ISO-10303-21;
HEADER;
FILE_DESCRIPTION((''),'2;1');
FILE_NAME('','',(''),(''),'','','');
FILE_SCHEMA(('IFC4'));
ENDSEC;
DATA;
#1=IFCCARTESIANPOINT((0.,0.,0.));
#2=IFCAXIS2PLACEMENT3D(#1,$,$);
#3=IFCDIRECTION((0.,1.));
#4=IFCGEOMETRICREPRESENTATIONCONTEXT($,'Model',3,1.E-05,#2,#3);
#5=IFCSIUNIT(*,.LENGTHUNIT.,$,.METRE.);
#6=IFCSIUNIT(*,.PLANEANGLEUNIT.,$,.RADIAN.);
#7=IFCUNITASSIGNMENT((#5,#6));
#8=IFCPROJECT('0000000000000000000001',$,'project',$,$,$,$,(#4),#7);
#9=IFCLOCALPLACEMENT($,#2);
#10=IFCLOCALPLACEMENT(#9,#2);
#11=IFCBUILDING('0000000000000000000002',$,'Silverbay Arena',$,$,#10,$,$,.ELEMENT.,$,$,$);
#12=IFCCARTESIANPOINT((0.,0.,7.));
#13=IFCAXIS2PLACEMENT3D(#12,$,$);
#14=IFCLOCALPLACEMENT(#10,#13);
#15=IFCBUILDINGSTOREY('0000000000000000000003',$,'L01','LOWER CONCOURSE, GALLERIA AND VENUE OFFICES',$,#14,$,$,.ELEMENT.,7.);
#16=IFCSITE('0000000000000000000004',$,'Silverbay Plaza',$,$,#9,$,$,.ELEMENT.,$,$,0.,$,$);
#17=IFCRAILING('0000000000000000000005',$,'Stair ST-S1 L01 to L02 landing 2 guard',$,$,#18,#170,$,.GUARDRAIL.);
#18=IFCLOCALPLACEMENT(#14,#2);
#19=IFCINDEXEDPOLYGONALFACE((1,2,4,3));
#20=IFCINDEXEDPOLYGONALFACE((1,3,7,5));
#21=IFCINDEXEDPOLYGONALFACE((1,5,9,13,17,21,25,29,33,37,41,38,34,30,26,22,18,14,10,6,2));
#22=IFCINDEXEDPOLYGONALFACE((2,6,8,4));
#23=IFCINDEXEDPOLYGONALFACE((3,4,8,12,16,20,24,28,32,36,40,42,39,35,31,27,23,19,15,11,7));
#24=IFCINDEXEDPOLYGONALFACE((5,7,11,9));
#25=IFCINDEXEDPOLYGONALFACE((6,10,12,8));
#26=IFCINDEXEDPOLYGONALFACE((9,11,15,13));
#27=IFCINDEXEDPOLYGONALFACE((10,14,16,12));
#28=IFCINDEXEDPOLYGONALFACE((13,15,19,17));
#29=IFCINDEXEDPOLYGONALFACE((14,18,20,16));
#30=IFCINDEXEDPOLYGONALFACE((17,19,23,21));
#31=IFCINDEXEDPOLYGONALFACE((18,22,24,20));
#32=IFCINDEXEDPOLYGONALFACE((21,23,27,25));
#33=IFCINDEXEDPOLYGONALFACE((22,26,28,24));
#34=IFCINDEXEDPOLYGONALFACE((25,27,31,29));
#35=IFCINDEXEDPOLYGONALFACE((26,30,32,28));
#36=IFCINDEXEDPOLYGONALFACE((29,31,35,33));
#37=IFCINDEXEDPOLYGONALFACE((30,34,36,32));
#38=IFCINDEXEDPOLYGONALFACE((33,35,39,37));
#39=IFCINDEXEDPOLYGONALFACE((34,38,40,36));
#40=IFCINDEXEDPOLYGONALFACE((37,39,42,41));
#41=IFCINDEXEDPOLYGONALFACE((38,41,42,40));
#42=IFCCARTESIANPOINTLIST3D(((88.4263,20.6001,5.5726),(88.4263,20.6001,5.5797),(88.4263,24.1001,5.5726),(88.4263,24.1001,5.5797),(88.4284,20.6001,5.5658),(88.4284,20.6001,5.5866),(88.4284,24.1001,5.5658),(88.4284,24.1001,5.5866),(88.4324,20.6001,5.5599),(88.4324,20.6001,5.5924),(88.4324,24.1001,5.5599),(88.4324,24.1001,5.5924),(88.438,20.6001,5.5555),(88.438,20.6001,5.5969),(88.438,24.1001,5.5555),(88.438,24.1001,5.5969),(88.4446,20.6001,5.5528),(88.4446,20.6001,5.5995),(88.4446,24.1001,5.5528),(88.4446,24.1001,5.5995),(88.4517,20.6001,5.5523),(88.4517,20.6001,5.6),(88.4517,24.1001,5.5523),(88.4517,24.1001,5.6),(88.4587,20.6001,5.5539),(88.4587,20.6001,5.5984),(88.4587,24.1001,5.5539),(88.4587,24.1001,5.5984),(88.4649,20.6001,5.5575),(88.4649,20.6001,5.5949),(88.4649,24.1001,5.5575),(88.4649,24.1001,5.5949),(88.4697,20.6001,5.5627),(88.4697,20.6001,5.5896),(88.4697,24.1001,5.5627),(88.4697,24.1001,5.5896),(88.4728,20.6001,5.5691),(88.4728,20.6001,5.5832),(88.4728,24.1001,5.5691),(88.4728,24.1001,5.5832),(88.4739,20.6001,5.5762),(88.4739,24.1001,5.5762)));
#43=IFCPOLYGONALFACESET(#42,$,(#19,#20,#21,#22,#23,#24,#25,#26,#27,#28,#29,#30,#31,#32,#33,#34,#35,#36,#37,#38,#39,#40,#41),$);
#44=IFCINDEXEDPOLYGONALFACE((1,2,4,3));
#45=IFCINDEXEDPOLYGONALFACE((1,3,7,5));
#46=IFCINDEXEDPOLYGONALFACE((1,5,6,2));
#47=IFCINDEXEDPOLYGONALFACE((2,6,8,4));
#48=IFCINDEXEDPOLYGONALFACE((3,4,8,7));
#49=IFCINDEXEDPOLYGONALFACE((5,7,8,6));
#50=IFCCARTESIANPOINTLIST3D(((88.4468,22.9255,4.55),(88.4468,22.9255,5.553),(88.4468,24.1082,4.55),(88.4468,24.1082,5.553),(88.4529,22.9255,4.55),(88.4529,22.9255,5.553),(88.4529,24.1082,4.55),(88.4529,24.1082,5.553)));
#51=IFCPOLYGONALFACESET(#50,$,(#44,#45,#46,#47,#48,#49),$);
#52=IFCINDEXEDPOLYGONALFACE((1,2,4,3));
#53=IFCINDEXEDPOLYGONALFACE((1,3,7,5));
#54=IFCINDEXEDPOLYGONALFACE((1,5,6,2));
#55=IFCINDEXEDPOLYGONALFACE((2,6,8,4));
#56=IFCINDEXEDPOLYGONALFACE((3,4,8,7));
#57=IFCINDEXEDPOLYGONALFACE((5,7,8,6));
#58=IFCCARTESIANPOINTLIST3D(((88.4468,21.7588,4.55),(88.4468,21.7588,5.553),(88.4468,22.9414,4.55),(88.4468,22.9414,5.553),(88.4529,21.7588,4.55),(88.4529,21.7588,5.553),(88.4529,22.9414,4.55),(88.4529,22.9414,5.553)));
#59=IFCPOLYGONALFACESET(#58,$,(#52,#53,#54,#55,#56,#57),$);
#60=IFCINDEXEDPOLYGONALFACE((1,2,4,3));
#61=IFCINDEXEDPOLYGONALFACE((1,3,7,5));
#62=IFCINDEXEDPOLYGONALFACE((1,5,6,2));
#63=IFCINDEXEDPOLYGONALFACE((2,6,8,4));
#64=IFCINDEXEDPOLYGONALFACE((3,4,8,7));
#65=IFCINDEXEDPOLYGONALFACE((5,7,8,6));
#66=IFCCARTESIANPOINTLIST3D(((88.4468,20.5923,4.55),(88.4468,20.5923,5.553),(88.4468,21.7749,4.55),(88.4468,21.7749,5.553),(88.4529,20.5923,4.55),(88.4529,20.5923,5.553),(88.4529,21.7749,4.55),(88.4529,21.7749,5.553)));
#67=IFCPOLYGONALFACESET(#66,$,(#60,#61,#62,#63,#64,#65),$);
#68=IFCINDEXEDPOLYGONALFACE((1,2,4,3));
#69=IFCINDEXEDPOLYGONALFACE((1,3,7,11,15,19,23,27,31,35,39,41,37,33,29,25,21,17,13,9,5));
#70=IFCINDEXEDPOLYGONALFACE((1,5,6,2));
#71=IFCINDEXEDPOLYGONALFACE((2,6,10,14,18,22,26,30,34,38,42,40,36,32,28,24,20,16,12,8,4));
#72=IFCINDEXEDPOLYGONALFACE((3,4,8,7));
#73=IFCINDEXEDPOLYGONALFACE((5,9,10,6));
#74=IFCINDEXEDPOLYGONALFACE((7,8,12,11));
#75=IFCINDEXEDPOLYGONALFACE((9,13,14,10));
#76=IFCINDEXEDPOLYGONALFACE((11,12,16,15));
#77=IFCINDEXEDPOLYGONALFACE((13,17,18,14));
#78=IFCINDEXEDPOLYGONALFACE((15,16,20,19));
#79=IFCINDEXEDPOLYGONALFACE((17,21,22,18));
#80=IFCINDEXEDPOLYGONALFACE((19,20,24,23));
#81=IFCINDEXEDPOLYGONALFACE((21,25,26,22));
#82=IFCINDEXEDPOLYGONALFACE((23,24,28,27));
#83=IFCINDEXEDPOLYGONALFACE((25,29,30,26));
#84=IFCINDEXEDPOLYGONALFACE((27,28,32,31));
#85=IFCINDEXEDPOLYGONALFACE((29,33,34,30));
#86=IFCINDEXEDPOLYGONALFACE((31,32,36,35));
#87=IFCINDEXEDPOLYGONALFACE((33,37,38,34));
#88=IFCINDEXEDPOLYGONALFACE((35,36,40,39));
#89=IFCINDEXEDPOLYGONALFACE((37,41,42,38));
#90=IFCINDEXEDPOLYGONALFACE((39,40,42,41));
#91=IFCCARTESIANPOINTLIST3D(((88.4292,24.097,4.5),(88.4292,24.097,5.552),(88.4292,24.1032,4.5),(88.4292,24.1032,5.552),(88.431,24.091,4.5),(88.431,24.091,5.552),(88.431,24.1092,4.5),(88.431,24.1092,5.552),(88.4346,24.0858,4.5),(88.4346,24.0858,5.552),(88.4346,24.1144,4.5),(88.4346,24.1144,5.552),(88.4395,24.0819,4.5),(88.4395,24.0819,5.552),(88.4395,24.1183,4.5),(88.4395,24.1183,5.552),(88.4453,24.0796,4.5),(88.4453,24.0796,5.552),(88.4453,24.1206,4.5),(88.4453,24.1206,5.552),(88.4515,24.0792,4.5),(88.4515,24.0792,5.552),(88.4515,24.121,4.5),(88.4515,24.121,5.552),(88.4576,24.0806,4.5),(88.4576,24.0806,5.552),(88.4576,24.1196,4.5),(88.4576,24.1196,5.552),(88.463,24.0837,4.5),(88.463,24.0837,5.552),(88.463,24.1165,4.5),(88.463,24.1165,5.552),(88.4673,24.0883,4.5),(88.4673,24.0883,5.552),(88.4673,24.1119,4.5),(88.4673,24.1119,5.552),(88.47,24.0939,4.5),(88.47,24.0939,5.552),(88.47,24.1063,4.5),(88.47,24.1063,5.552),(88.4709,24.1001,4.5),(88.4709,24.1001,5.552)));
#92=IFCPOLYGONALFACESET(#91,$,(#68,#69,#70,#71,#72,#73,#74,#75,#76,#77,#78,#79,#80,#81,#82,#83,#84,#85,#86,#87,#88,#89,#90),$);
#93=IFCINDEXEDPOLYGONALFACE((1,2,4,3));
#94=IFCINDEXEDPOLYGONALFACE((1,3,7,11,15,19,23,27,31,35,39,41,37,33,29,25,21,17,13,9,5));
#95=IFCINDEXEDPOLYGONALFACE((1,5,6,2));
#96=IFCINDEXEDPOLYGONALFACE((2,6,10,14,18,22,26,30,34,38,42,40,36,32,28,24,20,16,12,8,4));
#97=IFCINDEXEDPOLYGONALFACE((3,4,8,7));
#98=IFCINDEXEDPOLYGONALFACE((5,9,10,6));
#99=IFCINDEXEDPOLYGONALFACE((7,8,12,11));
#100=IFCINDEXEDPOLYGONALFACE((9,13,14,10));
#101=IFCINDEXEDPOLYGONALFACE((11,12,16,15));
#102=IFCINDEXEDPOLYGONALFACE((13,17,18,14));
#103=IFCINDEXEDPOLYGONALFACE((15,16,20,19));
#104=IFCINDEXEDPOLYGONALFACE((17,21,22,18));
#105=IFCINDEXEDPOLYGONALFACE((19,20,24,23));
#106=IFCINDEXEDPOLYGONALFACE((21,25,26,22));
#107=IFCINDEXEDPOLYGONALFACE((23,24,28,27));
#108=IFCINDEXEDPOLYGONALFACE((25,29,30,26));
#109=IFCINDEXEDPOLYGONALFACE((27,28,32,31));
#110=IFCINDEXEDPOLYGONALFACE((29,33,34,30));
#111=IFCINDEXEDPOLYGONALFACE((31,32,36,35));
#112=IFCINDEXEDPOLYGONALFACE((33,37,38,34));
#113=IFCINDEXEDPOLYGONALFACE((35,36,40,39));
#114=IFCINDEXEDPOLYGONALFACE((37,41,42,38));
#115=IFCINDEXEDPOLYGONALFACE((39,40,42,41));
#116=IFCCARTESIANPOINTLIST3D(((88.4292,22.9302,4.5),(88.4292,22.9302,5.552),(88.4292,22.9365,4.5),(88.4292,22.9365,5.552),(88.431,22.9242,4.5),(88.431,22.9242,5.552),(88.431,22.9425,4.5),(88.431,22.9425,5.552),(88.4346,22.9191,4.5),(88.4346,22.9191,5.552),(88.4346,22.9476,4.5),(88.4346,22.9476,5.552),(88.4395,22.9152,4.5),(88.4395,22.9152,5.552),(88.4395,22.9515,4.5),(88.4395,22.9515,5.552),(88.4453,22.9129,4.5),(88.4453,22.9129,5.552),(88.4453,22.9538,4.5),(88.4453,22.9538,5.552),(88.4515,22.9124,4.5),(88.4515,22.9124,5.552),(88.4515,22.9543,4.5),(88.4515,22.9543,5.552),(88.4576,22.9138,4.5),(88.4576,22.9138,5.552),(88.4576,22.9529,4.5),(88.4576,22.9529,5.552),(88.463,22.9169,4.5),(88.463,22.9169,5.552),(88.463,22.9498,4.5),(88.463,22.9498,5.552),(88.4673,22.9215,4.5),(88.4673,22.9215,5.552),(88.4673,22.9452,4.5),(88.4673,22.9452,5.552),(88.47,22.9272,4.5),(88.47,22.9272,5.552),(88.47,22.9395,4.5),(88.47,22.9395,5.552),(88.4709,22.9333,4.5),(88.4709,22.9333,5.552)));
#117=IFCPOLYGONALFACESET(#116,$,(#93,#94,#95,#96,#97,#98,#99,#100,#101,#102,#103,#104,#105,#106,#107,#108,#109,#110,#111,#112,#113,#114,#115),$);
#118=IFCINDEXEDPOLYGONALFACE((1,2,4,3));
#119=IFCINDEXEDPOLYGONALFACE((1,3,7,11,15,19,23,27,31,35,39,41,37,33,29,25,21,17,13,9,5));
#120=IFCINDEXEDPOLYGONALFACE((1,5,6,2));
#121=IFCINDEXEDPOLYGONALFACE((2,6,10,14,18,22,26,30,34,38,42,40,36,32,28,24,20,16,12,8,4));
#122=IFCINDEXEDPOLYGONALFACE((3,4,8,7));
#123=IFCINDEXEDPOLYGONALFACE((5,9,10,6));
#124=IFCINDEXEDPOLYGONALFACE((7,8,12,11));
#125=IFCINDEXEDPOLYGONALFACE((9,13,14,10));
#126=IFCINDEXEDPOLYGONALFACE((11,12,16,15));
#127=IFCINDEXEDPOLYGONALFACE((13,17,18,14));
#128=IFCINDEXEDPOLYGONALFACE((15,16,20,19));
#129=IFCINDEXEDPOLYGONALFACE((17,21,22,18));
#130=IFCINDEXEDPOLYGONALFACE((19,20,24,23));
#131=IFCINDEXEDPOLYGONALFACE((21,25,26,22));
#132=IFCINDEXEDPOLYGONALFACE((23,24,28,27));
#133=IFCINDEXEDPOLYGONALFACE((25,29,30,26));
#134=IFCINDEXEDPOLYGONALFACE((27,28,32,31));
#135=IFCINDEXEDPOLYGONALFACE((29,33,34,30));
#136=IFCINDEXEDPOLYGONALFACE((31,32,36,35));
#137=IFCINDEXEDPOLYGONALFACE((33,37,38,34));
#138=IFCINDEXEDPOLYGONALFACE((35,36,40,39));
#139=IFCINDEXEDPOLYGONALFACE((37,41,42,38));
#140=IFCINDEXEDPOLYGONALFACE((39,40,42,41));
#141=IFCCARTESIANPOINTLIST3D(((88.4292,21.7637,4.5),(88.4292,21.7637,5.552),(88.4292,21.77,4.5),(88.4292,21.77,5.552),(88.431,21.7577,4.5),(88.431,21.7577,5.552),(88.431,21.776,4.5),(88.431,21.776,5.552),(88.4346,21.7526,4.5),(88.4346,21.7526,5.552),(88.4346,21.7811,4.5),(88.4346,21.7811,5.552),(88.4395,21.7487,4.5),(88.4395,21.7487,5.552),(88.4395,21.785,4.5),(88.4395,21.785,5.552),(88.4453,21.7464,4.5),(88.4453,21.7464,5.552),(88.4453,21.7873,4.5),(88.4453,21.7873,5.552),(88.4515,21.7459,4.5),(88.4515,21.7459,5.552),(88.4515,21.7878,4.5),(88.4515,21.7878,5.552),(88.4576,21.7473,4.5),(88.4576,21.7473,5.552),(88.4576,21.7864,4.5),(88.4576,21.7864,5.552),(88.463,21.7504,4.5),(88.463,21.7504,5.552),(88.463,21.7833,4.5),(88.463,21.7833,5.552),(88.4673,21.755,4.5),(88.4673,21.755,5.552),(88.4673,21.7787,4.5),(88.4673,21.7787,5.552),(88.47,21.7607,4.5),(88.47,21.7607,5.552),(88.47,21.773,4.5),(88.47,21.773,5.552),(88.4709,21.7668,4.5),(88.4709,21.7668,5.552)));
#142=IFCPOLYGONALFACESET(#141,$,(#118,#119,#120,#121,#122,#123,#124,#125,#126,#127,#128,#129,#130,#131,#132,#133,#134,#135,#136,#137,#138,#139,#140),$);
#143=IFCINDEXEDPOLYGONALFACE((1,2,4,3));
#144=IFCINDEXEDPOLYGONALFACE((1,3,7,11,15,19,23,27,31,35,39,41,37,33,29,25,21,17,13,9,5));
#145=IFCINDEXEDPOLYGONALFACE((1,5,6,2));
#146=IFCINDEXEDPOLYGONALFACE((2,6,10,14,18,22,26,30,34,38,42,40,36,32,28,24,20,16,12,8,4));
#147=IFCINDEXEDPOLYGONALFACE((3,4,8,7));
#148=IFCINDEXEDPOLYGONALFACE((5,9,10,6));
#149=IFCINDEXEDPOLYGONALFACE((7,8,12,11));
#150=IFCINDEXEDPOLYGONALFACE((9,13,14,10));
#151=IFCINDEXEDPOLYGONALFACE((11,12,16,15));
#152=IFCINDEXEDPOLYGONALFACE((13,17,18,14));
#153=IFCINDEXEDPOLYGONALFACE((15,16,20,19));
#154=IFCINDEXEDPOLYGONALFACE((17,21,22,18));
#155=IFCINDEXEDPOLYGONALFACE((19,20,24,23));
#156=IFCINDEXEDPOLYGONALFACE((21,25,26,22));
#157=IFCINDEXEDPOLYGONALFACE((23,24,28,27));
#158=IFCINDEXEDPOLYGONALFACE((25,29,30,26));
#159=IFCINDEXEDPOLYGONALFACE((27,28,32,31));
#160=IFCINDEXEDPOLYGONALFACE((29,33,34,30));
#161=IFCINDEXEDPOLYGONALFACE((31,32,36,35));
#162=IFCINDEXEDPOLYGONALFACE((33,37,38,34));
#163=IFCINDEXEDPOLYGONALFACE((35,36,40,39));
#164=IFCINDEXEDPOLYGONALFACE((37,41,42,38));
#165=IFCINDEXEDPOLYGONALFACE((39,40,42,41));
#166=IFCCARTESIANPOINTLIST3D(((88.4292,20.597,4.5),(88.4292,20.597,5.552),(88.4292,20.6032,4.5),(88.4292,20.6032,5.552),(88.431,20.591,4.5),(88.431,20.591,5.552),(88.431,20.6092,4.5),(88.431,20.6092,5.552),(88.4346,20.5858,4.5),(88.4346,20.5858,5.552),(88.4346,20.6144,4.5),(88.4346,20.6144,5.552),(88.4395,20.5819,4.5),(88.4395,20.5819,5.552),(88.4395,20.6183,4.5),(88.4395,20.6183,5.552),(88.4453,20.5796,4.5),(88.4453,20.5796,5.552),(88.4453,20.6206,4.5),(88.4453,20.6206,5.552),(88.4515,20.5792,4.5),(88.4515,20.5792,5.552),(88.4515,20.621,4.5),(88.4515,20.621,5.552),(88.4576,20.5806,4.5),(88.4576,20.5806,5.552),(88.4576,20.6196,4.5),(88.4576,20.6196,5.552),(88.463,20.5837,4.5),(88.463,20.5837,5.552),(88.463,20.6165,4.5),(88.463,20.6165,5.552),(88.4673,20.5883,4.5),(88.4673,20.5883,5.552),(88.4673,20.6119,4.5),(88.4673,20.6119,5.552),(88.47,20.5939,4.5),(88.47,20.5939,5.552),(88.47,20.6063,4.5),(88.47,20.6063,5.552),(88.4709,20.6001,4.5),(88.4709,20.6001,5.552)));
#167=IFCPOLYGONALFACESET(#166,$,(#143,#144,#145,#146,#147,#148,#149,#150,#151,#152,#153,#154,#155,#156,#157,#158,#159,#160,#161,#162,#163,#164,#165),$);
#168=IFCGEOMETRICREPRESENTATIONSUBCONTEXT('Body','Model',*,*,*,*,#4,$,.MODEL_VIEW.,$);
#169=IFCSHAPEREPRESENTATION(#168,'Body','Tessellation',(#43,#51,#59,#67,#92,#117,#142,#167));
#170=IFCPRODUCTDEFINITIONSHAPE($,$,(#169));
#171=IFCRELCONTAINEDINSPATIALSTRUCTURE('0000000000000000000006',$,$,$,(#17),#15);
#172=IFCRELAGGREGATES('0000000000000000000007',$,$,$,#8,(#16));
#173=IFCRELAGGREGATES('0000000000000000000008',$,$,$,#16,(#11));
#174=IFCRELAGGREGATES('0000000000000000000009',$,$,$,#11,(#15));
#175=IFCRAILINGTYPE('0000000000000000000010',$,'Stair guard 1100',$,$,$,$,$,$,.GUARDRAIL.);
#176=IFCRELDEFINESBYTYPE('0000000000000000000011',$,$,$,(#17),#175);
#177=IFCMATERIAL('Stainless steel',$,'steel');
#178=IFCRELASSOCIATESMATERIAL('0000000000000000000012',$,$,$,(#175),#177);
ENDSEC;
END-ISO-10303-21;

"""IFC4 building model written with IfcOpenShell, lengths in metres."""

from ifc_helpers import new_model, si_unit, direction, frame, origin, origin_2d, place, context, subcontext, project, spatial, polyline, circle, outline, extrude, material, type_object, element, save


model = new_model("IFC4")

# Units and contexts
model_context = context("Model", 3, precision=1e-05, world=origin(), true_north=direction((0.0, 1.0)))
body_context = subcontext(model_context, "Body", "Model", "MODEL_VIEW")
ifc_project = project(units=[si_unit("LENGTHUNIT", "METRE"), si_unit("PLANEANGLEUNIT", "RADIAN")], contexts=[model_context])

# Site, building, storey
site_placement = place(None, origin())
site = spatial("IfcSite", under=ifc_project, at=site_placement, Name="Silverbay Plaza", CompositionType="ELEMENT", RefElevation=0.0)
building_placement = place(site_placement, origin())
building = spatial("IfcBuilding", under=site, at=building_placement, Name="Silverbay Arena", CompositionType="ELEMENT")
storey_placement = place(building_placement, frame((0.0, 0.0, 7.0)))
storey = spatial("IfcBuildingStorey", under=building, at=storey_placement, Name="L01", Description="LOWER CONCOURSE, GALLERIA AND VENUE OFFICES", CompositionType="ELEMENT", Elevation=7.0)

# Railing
ifc_material_1 = material(Name="Stainless steel", Category="steel")
railing_type_1 = type_object("IfcRailingType", Name="Stair guard 1100", PredefinedType="GUARDRAIL", material=ifc_material_1)
for number, where, name in (
    (1, (88.45, 24.1001, 4.5), "Stair ST-S1 L01 to L02 landing 2 guard"),
):
    element("IfcRailing", number, at=place(storey_placement, frame(where)), inside=storey, type_object=railing_type_1, Name=name, PredefinedType="GUARDRAIL", context=body_context, shape_type="SweptSolid", body=[
        extrude(circle(Radius=0.0239, at=origin_2d()), frame((0.0, 0.0, 1.0762), z_axis=(0.0, -1.0, 0.0), x_axis=(1.0, 0.0, 0.0)), (0.0, 0.0, 1.0), 3.5),
        extrude(outline(polyline([(-0.0081, 0.05), (1.1746, 0.05), (1.1746, 1.053), (-0.0081, 1.053), (-0.0081, 0.05)])), frame((0.0029, 0.0, 0.0), z_axis=(-1.0, 0.0, 0.0), x_axis=(0.0, -1.0, 0.0)), (0.0, 0.0, 1.0), 0.0061),
        extrude(outline(polyline([(-0.0081, 0.05), (1.1746, 0.05), (1.1746, 1.053), (-0.0081, 1.053), (-0.0081, 0.05)])), frame((0.0029, -1.1667, 0.0), z_axis=(-1.0, 0.0, 0.0), x_axis=(0.0, -1.0, 0.0)), (0.0, 0.0, 1.0), 0.0061),
        extrude(outline(polyline([(-0.0081, 0.05), (1.1746, 0.05), (1.1746, 1.053), (-0.0081, 1.053), (-0.0081, 0.05)])), frame((0.0029, -2.3333, 0.0), z_axis=(-1.0, 0.0, 0.0), x_axis=(0.0, -1.0, 0.0)), (0.0, 0.0, 1.0), 0.0061),
        extrude(circle(Radius=0.021, at=origin_2d()), origin(), (0.0, 0.0, 1.0), 1.052),
        extrude(circle(Radius=0.021, at=origin_2d()), frame((0.0, -1.1667, 0.0)), (0.0, 0.0, 1.0), 1.052),
        extrude(circle(Radius=0.021, at=origin_2d()), frame((0.0, -2.3333, 0.0)), (0.0, 0.0, 1.0), 1.052),
        extrude(circle(Radius=0.021, at=origin_2d()), frame((0.0, -3.5, 0.0)), (0.0, 0.0, 1.0), 1.052),
    ])

save(model, "model.ifc")
